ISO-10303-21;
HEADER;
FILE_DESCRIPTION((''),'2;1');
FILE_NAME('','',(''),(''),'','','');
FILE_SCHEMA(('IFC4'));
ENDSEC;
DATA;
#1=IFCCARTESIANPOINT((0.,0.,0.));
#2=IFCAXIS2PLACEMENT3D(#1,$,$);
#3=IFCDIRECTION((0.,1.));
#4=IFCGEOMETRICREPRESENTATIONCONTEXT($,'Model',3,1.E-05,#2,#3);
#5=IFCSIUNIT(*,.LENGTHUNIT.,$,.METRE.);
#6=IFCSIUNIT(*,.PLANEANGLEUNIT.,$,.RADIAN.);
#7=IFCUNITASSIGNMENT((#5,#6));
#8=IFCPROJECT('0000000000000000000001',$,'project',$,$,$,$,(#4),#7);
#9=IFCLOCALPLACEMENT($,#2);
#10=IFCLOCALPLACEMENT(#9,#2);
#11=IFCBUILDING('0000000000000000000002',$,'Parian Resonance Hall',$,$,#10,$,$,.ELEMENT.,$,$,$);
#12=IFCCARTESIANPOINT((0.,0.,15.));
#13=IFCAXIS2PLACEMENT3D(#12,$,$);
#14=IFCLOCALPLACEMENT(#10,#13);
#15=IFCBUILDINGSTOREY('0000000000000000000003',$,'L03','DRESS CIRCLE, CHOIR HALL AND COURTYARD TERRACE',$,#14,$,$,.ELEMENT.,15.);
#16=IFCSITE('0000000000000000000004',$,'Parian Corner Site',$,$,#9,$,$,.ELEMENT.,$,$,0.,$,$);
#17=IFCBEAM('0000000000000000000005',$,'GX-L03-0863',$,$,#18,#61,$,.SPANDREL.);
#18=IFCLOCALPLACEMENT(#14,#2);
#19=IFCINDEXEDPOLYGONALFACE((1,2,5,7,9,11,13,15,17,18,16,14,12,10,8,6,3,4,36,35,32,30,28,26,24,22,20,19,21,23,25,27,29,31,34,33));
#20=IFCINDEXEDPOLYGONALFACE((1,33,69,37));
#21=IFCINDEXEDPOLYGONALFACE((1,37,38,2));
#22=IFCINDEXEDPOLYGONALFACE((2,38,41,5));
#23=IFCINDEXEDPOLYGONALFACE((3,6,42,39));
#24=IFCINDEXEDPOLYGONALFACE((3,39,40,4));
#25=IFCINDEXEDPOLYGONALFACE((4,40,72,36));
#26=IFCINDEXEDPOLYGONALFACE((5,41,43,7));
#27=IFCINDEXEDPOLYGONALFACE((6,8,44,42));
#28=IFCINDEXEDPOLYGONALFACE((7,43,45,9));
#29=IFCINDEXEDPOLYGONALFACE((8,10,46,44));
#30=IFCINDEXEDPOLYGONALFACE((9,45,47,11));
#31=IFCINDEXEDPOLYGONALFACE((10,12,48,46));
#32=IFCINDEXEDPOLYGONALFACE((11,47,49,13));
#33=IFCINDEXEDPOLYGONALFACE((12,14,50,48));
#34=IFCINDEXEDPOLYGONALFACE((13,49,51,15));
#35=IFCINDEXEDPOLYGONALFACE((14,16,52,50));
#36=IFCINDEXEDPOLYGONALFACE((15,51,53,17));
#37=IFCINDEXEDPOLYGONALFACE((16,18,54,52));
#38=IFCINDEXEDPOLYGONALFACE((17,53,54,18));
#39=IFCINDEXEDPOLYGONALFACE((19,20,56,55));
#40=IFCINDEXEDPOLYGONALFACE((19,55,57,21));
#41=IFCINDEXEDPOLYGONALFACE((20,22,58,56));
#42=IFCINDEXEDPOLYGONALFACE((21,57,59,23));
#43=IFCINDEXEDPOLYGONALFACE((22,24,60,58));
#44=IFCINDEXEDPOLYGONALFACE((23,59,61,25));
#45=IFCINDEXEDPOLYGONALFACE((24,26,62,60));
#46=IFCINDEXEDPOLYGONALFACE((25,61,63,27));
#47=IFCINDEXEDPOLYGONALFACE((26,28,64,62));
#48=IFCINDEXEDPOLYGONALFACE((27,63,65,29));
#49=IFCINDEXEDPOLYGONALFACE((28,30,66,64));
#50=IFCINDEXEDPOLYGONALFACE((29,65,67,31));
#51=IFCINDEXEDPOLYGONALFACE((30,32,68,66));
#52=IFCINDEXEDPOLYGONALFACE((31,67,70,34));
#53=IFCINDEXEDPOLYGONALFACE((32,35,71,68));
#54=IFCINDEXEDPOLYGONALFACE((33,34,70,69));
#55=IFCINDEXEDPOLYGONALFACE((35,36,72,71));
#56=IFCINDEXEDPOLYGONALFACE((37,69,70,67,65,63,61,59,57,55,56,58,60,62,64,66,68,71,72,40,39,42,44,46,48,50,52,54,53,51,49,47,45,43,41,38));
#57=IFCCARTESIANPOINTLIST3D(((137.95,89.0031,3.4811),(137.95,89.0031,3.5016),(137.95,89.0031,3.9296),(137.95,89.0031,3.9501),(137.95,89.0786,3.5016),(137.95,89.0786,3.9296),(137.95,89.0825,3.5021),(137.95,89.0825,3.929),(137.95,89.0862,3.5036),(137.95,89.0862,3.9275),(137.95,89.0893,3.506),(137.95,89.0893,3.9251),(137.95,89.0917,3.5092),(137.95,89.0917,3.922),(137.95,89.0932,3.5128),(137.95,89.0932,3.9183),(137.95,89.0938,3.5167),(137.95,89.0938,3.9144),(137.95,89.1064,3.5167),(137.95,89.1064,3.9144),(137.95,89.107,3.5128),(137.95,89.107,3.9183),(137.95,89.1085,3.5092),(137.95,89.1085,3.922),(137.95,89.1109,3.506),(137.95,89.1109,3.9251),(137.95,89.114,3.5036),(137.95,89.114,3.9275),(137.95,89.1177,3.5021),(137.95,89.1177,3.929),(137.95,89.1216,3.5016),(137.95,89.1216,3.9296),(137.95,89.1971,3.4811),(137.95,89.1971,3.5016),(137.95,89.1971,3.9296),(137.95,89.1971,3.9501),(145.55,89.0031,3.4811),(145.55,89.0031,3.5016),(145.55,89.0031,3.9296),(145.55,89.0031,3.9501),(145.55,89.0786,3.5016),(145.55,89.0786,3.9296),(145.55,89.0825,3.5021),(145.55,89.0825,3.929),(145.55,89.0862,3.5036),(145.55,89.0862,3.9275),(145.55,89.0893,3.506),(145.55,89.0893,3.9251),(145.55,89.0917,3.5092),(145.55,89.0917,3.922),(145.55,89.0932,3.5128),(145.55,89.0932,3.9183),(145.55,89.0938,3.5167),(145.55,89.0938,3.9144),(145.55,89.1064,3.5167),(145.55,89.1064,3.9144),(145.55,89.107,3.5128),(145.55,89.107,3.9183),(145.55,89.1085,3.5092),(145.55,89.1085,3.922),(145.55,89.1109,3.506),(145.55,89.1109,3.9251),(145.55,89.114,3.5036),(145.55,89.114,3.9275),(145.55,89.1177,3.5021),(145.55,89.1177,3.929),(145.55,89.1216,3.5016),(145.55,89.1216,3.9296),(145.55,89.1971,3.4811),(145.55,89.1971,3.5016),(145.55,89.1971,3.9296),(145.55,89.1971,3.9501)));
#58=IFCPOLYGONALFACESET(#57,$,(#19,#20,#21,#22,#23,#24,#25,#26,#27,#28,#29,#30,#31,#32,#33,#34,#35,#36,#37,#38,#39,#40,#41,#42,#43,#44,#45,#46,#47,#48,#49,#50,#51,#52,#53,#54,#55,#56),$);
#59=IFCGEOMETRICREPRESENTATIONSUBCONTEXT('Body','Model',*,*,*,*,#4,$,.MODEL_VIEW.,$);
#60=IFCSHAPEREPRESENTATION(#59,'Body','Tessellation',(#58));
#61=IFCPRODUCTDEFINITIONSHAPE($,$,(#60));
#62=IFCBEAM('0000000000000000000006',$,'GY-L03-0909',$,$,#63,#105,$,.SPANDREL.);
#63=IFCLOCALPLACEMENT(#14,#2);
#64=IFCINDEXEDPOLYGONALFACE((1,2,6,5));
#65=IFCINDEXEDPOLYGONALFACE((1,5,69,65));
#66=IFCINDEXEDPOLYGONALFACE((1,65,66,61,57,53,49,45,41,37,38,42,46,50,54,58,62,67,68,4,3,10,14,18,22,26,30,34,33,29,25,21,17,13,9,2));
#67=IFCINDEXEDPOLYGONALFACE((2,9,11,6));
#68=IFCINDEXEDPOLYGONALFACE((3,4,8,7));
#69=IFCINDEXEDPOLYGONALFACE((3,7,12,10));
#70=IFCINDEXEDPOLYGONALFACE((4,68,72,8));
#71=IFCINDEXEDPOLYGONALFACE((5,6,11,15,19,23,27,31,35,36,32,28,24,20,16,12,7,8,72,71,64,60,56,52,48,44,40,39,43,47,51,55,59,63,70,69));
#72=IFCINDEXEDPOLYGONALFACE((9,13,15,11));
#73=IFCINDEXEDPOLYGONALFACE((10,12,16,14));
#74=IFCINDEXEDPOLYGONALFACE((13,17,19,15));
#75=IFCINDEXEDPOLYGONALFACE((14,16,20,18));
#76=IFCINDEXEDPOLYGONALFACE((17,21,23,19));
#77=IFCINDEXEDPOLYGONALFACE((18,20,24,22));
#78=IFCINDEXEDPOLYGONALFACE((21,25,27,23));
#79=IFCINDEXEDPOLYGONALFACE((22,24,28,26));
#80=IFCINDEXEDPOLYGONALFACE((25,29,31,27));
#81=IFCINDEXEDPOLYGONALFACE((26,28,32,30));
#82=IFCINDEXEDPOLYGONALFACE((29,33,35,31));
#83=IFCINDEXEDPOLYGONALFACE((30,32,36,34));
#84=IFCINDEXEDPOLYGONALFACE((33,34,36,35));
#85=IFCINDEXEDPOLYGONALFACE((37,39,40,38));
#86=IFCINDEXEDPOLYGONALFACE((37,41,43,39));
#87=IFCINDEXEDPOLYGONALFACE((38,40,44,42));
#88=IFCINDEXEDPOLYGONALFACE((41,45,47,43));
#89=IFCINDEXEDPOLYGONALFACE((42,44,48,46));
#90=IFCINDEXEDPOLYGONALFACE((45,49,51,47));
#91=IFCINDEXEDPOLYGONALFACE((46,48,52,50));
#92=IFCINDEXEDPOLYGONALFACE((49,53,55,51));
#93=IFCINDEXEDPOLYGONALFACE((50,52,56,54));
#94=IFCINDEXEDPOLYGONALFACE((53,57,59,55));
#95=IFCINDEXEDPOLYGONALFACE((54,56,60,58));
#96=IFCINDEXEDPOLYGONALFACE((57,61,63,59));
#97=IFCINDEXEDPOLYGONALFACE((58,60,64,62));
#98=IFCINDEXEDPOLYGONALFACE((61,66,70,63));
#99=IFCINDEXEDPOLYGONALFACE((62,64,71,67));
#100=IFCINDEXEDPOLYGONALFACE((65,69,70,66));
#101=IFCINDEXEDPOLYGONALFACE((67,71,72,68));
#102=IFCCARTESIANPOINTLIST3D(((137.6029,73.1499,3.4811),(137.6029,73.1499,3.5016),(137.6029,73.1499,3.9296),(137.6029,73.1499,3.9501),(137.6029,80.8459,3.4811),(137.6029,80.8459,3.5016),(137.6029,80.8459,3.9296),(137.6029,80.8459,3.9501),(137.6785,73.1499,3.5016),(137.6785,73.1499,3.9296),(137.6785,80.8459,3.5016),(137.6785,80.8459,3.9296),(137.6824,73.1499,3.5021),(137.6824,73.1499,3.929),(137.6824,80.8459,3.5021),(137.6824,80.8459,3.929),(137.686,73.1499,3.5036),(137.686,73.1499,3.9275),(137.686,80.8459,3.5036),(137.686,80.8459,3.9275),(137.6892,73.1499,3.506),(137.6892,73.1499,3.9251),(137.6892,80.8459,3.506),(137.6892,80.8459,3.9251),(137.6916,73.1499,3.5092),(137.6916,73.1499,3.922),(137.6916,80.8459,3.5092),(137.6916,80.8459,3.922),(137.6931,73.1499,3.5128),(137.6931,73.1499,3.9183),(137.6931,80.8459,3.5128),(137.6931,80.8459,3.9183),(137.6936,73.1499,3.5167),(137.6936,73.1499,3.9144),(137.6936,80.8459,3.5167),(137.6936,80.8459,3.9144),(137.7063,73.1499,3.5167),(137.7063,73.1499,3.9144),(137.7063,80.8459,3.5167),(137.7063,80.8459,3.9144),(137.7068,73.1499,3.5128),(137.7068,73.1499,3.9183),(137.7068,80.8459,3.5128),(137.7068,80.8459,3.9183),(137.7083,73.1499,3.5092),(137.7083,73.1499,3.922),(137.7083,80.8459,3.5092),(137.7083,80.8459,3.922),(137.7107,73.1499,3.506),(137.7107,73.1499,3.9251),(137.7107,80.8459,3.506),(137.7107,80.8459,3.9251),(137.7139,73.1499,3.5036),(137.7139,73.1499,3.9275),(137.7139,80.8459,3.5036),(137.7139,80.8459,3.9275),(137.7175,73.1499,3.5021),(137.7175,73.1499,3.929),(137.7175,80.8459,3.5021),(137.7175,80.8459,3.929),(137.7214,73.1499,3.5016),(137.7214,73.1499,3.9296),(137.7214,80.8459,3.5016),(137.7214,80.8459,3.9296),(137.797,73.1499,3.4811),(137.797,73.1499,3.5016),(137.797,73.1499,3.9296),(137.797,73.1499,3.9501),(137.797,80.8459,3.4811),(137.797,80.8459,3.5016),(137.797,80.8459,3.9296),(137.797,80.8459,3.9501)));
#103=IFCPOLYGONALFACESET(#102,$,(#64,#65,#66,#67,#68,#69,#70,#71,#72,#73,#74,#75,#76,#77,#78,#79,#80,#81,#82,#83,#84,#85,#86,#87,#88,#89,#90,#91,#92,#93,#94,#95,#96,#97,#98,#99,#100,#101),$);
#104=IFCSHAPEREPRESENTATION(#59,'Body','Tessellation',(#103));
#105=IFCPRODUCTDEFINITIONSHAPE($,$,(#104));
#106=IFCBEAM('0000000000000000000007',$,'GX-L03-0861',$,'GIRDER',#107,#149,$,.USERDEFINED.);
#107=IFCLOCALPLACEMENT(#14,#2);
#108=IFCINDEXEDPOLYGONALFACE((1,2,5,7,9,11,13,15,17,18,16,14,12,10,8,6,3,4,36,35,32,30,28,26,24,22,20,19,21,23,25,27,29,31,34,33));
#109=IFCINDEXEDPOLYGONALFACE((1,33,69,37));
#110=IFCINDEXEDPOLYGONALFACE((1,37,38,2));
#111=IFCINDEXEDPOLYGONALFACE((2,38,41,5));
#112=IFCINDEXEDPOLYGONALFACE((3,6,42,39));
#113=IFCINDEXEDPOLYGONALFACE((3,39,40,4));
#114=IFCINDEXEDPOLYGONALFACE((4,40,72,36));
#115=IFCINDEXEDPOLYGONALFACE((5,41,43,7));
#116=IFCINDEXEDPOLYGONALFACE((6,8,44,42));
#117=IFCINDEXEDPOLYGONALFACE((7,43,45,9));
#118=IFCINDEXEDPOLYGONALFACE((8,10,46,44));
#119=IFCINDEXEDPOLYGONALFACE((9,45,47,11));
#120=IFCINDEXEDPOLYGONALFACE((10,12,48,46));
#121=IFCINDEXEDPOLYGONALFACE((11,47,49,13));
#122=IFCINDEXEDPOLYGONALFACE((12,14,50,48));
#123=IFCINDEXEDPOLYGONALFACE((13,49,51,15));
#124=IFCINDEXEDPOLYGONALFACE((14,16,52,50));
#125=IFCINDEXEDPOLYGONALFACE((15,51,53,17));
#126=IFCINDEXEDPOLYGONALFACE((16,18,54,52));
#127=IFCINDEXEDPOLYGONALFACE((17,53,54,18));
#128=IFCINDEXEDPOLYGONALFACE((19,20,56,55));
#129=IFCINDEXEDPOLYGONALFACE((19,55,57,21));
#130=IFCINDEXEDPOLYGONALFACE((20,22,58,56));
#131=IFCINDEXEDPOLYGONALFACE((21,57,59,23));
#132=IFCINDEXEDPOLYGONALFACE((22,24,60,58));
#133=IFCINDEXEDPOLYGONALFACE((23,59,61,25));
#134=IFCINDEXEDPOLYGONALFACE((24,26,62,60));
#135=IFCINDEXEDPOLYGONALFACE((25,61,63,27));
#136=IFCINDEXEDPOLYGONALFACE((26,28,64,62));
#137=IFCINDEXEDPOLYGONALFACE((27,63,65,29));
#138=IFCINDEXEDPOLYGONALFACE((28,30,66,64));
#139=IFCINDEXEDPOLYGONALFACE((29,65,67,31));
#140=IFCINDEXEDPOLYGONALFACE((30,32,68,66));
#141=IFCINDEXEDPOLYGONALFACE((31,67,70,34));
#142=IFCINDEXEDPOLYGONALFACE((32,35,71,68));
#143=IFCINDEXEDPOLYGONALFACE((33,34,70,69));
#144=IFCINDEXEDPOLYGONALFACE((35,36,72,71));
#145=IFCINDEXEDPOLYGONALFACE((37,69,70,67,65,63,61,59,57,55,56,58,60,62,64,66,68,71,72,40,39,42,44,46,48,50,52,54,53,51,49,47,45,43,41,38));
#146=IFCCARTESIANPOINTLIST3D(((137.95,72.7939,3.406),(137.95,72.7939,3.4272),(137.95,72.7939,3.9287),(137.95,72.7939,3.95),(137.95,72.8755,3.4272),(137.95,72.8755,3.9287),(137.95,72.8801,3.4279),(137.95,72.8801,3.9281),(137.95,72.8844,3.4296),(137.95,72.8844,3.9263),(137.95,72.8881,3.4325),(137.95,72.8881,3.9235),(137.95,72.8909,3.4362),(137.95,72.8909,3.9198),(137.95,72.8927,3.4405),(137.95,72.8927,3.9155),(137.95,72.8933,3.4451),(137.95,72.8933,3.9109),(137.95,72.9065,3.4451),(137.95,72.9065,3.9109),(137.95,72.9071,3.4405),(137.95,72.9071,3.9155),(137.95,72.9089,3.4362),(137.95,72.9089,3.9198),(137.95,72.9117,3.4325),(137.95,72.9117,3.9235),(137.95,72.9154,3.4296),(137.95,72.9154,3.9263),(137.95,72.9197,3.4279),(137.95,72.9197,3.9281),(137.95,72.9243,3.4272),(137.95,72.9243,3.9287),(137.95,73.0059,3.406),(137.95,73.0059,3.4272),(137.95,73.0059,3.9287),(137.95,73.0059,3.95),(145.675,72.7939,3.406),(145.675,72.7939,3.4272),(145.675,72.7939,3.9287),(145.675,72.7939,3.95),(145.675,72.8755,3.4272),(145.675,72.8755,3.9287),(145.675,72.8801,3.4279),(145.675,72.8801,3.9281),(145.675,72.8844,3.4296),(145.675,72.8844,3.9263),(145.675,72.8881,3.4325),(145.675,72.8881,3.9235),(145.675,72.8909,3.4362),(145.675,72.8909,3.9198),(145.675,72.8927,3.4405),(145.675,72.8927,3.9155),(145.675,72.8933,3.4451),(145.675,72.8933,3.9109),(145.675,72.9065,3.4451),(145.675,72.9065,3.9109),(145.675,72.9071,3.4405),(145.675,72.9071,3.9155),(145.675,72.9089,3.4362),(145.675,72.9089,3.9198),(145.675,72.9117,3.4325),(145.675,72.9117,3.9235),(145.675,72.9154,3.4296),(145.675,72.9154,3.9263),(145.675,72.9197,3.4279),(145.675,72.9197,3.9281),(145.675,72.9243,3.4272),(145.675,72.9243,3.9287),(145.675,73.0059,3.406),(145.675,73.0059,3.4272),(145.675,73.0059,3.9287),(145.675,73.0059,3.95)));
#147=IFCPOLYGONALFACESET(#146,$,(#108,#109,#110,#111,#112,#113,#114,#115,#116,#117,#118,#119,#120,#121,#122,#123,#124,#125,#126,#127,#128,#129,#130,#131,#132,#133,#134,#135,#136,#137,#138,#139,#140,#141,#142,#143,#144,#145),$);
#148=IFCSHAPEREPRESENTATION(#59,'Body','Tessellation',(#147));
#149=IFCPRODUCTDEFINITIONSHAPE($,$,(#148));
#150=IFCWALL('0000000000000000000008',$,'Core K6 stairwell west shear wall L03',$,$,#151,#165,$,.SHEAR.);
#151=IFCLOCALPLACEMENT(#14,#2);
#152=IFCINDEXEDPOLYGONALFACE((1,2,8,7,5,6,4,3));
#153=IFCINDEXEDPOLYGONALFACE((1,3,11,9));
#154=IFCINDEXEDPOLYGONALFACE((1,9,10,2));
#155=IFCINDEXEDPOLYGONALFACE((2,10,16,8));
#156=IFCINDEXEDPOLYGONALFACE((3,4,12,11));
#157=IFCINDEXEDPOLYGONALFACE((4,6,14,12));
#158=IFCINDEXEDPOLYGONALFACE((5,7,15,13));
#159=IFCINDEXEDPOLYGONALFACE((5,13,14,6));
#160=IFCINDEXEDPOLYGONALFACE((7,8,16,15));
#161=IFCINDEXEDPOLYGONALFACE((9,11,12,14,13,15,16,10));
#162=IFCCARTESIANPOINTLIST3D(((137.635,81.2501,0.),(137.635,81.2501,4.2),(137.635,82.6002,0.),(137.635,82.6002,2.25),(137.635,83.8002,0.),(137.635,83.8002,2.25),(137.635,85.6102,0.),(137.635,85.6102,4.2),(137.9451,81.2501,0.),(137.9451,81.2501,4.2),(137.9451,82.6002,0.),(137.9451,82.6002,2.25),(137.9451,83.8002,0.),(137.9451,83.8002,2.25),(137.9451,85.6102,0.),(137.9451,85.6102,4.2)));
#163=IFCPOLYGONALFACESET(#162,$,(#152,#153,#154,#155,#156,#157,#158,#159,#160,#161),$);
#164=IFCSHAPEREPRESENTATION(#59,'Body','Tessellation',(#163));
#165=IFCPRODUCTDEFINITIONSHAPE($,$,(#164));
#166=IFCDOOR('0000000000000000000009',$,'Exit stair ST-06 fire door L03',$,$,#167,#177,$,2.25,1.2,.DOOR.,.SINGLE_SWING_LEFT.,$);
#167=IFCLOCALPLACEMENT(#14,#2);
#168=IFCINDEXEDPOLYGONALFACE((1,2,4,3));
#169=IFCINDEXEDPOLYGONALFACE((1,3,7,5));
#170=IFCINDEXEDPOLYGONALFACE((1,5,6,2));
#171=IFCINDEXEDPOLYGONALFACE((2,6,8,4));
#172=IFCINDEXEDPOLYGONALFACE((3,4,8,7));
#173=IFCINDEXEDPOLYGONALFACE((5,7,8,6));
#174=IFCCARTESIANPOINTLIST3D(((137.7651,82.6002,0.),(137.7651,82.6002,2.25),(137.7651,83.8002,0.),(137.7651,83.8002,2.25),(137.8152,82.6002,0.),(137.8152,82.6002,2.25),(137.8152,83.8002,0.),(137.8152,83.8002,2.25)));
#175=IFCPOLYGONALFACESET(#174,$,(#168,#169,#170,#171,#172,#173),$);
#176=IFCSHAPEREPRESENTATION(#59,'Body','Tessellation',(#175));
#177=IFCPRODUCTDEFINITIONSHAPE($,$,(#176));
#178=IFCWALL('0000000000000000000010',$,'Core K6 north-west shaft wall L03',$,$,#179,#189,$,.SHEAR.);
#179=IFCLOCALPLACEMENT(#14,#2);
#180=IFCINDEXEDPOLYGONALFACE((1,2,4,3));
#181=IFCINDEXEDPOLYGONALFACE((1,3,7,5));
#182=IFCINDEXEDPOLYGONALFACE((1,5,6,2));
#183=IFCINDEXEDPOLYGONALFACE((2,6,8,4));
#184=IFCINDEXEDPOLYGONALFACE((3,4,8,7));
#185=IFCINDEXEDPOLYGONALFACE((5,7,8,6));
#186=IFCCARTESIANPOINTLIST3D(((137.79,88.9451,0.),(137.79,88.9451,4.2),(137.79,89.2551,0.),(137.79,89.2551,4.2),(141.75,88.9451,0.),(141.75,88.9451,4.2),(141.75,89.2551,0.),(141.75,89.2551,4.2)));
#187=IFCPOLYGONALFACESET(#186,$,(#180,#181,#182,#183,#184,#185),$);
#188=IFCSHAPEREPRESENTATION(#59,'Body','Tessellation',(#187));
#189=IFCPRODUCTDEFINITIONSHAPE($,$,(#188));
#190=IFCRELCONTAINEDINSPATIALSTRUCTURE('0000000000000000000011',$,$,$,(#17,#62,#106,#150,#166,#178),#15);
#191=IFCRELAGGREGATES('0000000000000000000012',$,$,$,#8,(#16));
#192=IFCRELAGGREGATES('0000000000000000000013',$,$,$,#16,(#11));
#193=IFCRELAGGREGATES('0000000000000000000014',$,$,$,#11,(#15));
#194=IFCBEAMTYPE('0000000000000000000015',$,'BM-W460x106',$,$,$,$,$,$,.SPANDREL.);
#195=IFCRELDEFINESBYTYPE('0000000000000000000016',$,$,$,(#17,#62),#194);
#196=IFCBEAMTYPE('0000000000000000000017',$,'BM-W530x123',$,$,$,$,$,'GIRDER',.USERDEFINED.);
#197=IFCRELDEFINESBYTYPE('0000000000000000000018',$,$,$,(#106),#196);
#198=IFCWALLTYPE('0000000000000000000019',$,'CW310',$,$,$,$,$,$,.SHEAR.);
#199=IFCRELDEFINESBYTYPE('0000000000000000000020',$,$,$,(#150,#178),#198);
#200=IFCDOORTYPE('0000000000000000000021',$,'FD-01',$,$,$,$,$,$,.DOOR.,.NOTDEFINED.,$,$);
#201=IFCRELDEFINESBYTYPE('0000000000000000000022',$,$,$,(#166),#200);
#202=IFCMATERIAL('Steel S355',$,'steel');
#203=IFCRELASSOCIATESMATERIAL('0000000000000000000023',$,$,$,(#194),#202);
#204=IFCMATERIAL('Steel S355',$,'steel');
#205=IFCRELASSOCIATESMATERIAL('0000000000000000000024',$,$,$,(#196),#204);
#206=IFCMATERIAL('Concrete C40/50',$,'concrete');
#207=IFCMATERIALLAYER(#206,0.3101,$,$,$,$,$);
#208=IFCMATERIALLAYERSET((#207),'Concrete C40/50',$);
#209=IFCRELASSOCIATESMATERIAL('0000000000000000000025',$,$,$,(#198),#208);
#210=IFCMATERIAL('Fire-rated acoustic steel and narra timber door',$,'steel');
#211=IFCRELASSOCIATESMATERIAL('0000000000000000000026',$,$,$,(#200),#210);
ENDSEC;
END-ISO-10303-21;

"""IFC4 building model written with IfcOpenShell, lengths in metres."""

from ifc_helpers import new_model, si_unit, direction, frame, frame_2d, origin, origin_2d, place, context, subcontext, project, spatial, rectangle, i_section, extrude, material, layer, layer_set, material_profile, profile_set, type_object, element, fill, save


model = new_model("IFC4")

# Units and contexts
model_context = context("Model", 3, precision=1e-05, world=origin(), true_north=direction((0.0, 1.0)))
body_context = subcontext(model_context, "Body", "Model", "MODEL_VIEW")
ifc_project = project(units=[si_unit("LENGTHUNIT", "METRE"), si_unit("PLANEANGLEUNIT", "RADIAN")], contexts=[model_context])

# Site, building, storey
site_placement = place(None, origin())
site = spatial("IfcSite", under=ifc_project, at=site_placement, Name="Parian Corner Site", CompositionType="ELEMENT", RefElevation=0.0)
building_placement = place(site_placement, origin())
building = spatial("IfcBuilding", under=site, at=building_placement, Name="Parian Resonance Hall", CompositionType="ELEMENT")
storey_placement = place(building_placement, frame((0.0, 0.0, 15.0)))
storey = spatial("IfcBuildingStorey", under=building, at=storey_placement, Name="L03", Description="DRESS CIRCLE, CHOIR HALL AND COURTYARD TERRACE", CompositionType="ELEMENT", Elevation=15.0)

# Beams
ifc_material_1 = material(Name="Steel S355", Category="steel")
ifc_material_profile_1 = material_profile(ifc_material_1, i_section(OverallWidth=0.1941, OverallDepth=0.469, WebThickness=0.0127, FlangeThickness=0.0205, FilletRadius=0.0151, at=origin_2d()), Name="W460x106")
ifc_profile_set_1 = profile_set([ifc_material_profile_1], Name="Steel S355")
beam_type_1 = type_object("IfcBeamType", Name="BM-W460x106", PredefinedType="SPANDREL", material=ifc_profile_set_1)
beam_1_placement = place(storey_placement, frame((137.95, 89.1001, 3.7156), z_axis=(1.0, 0.0, 0.0), x_axis=(0.0, 1.0, 0.0)))
element("IfcBeam", 1, at=beam_1_placement, inside=storey, type_object=beam_type_1, Name="GX-L03-0863", PredefinedType="SPANDREL", context=body_context, shape_type="SweptSolid", body=[
    extrude(i_section(OverallWidth=0.1941, OverallDepth=0.469, WebThickness=0.0127, FlangeThickness=0.0205, FilletRadius=0.0151, at=origin_2d()), origin(), (0.0, 0.0, 1.0), 7.6001),
])
beam_2_placement = place(storey_placement, frame((137.7, 73.1499, 3.7156), z_axis=(0.0, 1.0, 0.0), x_axis=(-1.0, 0.0, 0.0)))
element("IfcBeam", 2, at=beam_2_placement, inside=storey, type_object=beam_type_1, Name="GY-L03-0909", PredefinedType="SPANDREL", context=body_context, shape_type="SweptSolid", body=[
    extrude(i_section(OverallWidth=0.1941, OverallDepth=0.469, WebThickness=0.0127, FlangeThickness=0.0205, FilletRadius=0.0151, at=origin_2d()), origin(), (0.0, 0.0, 1.0), 7.696),
])
ifc_material_2 = material(Name="Steel S355", Category="steel")
ifc_material_profile_2 = material_profile(ifc_material_2, i_section(OverallWidth=0.2119, OverallDepth=0.5439, WebThickness=0.0132, FlangeThickness=0.0212, FilletRadius=0.0178, at=origin_2d()), Name="W530x123")
ifc_profile_set_2 = profile_set([ifc_material_profile_2], Name="Steel S355")
beam_type_2 = type_object("IfcBeamType", Name="BM-W530x123", ElementType="GIRDER", PredefinedType="USERDEFINED", material=ifc_profile_set_2)
beam_3_placement = place(storey_placement, frame((137.95, 72.8999, 3.678), z_axis=(1.0, 0.0, 0.0), x_axis=(0.0, 1.0, 0.0)))
element("IfcBeam", 3, at=beam_3_placement, inside=storey, type_object=beam_type_2, Name="GX-L03-0861", ObjectType="GIRDER", PredefinedType="USERDEFINED", context=body_context, shape_type="SweptSolid", body=[
    extrude(i_section(OverallWidth=0.2119, OverallDepth=0.5439, WebThickness=0.0132, FlangeThickness=0.0212, FilletRadius=0.0178, at=origin_2d()), origin(), (0.0, 0.0, 1.0), 7.7251),
])

# Wall, opening, door
ifc_material_3 = material(Name="Concrete C40/50", Category="concrete")
ifc_layer_1 = layer(ifc_material_3, 0.3101)
ifc_layer_set_1 = layer_set([ifc_layer_1], Name="Concrete C40/50")
wall_type_1 = type_object("IfcWallType", Name="CW310", PredefinedType="SHEAR", material=ifc_layer_set_1)
wall_1_placement = place(storey_placement, frame((137.79, 81.25, 0.0), z_axis=(0.0, 0.0, 1.0), x_axis=(0.0, 1.0, 0.0)))
wall_1 = element("IfcWall", 4, at=wall_1_placement, inside=storey, type_object=wall_type_1, Name="Core K6 stairwell west shear wall L03", PredefinedType="SHEAR", context=body_context, shape_type="SweptSolid", body=[
    extrude(rectangle(XDim=4.3601, YDim=0.3101, at=frame_2d((2.1802, 0.0))), origin(), (0.0, 0.0, 1.0), 4.2),
])
opening_1_placement = place(wall_1_placement, frame((1.3501, 0.0, 0.0)))
opening_1 = element("IfcOpeningElement", 5, at=opening_1_placement, cuts=wall_1, PredefinedType="OPENING", context=body_context, shape_type="SweptSolid", body=[
    extrude(rectangle(XDim=1.2, YDim=2.25, at=frame_2d((0.6001, 1.125))), frame((0.0, 0.165, 0.0), z_axis=(0.0, -1.0, 0.0), x_axis=(1.0, 0.0, 0.0)), (0.0, 0.0, 1.0), 0.3301),
])
ifc_material_4 = material(Name="Fire-rated acoustic steel and narra timber door", Category="steel")
door_type_1 = type_object("IfcDoorType", Name="FD-01", OperationType="NOTDEFINED", PredefinedType="DOOR", material=ifc_material_4)
door_1_placement = place(opening_1_placement, origin())
door_1 = element("IfcDoor", 6, at=door_1_placement, inside=storey, type_object=door_type_1, Name="Exit stair ST-06 fire door L03", OperationType="SINGLE_SWING_LEFT", OverallHeight=2.25, OverallWidth=1.2, PredefinedType="DOOR", context=body_context, shape_type="SweptSolid", body=[
    extrude(rectangle(XDim=1.2, YDim=2.25, at=frame_2d((0.6001, 1.125))), frame((0.0, 0.0249, 0.0), z_axis=(0.0, -1.0, 0.0), x_axis=(1.0, 0.0, 0.0)), (0.0, 0.0, 1.0), 0.05),
])
fill(opening_1, door_1)

# Wall
wall_2_placement = place(storey_placement, frame((137.79, 89.1001, 0.0), z_axis=(0.0, 0.0, 1.0), x_axis=(1.0, 0.0, 0.0)))
element("IfcWall", 7, at=wall_2_placement, inside=storey, type_object=wall_type_1, Name="Core K6 north-west shaft wall L03", PredefinedType="SHEAR", context=body_context, shape_type="SweptSolid", body=[
    extrude(rectangle(XDim=3.96, YDim=0.3101, at=frame_2d((1.98, 0.0))), origin(), (0.0, 0.0, 1.0), 4.2),
])

save(model, "model.ifc")
